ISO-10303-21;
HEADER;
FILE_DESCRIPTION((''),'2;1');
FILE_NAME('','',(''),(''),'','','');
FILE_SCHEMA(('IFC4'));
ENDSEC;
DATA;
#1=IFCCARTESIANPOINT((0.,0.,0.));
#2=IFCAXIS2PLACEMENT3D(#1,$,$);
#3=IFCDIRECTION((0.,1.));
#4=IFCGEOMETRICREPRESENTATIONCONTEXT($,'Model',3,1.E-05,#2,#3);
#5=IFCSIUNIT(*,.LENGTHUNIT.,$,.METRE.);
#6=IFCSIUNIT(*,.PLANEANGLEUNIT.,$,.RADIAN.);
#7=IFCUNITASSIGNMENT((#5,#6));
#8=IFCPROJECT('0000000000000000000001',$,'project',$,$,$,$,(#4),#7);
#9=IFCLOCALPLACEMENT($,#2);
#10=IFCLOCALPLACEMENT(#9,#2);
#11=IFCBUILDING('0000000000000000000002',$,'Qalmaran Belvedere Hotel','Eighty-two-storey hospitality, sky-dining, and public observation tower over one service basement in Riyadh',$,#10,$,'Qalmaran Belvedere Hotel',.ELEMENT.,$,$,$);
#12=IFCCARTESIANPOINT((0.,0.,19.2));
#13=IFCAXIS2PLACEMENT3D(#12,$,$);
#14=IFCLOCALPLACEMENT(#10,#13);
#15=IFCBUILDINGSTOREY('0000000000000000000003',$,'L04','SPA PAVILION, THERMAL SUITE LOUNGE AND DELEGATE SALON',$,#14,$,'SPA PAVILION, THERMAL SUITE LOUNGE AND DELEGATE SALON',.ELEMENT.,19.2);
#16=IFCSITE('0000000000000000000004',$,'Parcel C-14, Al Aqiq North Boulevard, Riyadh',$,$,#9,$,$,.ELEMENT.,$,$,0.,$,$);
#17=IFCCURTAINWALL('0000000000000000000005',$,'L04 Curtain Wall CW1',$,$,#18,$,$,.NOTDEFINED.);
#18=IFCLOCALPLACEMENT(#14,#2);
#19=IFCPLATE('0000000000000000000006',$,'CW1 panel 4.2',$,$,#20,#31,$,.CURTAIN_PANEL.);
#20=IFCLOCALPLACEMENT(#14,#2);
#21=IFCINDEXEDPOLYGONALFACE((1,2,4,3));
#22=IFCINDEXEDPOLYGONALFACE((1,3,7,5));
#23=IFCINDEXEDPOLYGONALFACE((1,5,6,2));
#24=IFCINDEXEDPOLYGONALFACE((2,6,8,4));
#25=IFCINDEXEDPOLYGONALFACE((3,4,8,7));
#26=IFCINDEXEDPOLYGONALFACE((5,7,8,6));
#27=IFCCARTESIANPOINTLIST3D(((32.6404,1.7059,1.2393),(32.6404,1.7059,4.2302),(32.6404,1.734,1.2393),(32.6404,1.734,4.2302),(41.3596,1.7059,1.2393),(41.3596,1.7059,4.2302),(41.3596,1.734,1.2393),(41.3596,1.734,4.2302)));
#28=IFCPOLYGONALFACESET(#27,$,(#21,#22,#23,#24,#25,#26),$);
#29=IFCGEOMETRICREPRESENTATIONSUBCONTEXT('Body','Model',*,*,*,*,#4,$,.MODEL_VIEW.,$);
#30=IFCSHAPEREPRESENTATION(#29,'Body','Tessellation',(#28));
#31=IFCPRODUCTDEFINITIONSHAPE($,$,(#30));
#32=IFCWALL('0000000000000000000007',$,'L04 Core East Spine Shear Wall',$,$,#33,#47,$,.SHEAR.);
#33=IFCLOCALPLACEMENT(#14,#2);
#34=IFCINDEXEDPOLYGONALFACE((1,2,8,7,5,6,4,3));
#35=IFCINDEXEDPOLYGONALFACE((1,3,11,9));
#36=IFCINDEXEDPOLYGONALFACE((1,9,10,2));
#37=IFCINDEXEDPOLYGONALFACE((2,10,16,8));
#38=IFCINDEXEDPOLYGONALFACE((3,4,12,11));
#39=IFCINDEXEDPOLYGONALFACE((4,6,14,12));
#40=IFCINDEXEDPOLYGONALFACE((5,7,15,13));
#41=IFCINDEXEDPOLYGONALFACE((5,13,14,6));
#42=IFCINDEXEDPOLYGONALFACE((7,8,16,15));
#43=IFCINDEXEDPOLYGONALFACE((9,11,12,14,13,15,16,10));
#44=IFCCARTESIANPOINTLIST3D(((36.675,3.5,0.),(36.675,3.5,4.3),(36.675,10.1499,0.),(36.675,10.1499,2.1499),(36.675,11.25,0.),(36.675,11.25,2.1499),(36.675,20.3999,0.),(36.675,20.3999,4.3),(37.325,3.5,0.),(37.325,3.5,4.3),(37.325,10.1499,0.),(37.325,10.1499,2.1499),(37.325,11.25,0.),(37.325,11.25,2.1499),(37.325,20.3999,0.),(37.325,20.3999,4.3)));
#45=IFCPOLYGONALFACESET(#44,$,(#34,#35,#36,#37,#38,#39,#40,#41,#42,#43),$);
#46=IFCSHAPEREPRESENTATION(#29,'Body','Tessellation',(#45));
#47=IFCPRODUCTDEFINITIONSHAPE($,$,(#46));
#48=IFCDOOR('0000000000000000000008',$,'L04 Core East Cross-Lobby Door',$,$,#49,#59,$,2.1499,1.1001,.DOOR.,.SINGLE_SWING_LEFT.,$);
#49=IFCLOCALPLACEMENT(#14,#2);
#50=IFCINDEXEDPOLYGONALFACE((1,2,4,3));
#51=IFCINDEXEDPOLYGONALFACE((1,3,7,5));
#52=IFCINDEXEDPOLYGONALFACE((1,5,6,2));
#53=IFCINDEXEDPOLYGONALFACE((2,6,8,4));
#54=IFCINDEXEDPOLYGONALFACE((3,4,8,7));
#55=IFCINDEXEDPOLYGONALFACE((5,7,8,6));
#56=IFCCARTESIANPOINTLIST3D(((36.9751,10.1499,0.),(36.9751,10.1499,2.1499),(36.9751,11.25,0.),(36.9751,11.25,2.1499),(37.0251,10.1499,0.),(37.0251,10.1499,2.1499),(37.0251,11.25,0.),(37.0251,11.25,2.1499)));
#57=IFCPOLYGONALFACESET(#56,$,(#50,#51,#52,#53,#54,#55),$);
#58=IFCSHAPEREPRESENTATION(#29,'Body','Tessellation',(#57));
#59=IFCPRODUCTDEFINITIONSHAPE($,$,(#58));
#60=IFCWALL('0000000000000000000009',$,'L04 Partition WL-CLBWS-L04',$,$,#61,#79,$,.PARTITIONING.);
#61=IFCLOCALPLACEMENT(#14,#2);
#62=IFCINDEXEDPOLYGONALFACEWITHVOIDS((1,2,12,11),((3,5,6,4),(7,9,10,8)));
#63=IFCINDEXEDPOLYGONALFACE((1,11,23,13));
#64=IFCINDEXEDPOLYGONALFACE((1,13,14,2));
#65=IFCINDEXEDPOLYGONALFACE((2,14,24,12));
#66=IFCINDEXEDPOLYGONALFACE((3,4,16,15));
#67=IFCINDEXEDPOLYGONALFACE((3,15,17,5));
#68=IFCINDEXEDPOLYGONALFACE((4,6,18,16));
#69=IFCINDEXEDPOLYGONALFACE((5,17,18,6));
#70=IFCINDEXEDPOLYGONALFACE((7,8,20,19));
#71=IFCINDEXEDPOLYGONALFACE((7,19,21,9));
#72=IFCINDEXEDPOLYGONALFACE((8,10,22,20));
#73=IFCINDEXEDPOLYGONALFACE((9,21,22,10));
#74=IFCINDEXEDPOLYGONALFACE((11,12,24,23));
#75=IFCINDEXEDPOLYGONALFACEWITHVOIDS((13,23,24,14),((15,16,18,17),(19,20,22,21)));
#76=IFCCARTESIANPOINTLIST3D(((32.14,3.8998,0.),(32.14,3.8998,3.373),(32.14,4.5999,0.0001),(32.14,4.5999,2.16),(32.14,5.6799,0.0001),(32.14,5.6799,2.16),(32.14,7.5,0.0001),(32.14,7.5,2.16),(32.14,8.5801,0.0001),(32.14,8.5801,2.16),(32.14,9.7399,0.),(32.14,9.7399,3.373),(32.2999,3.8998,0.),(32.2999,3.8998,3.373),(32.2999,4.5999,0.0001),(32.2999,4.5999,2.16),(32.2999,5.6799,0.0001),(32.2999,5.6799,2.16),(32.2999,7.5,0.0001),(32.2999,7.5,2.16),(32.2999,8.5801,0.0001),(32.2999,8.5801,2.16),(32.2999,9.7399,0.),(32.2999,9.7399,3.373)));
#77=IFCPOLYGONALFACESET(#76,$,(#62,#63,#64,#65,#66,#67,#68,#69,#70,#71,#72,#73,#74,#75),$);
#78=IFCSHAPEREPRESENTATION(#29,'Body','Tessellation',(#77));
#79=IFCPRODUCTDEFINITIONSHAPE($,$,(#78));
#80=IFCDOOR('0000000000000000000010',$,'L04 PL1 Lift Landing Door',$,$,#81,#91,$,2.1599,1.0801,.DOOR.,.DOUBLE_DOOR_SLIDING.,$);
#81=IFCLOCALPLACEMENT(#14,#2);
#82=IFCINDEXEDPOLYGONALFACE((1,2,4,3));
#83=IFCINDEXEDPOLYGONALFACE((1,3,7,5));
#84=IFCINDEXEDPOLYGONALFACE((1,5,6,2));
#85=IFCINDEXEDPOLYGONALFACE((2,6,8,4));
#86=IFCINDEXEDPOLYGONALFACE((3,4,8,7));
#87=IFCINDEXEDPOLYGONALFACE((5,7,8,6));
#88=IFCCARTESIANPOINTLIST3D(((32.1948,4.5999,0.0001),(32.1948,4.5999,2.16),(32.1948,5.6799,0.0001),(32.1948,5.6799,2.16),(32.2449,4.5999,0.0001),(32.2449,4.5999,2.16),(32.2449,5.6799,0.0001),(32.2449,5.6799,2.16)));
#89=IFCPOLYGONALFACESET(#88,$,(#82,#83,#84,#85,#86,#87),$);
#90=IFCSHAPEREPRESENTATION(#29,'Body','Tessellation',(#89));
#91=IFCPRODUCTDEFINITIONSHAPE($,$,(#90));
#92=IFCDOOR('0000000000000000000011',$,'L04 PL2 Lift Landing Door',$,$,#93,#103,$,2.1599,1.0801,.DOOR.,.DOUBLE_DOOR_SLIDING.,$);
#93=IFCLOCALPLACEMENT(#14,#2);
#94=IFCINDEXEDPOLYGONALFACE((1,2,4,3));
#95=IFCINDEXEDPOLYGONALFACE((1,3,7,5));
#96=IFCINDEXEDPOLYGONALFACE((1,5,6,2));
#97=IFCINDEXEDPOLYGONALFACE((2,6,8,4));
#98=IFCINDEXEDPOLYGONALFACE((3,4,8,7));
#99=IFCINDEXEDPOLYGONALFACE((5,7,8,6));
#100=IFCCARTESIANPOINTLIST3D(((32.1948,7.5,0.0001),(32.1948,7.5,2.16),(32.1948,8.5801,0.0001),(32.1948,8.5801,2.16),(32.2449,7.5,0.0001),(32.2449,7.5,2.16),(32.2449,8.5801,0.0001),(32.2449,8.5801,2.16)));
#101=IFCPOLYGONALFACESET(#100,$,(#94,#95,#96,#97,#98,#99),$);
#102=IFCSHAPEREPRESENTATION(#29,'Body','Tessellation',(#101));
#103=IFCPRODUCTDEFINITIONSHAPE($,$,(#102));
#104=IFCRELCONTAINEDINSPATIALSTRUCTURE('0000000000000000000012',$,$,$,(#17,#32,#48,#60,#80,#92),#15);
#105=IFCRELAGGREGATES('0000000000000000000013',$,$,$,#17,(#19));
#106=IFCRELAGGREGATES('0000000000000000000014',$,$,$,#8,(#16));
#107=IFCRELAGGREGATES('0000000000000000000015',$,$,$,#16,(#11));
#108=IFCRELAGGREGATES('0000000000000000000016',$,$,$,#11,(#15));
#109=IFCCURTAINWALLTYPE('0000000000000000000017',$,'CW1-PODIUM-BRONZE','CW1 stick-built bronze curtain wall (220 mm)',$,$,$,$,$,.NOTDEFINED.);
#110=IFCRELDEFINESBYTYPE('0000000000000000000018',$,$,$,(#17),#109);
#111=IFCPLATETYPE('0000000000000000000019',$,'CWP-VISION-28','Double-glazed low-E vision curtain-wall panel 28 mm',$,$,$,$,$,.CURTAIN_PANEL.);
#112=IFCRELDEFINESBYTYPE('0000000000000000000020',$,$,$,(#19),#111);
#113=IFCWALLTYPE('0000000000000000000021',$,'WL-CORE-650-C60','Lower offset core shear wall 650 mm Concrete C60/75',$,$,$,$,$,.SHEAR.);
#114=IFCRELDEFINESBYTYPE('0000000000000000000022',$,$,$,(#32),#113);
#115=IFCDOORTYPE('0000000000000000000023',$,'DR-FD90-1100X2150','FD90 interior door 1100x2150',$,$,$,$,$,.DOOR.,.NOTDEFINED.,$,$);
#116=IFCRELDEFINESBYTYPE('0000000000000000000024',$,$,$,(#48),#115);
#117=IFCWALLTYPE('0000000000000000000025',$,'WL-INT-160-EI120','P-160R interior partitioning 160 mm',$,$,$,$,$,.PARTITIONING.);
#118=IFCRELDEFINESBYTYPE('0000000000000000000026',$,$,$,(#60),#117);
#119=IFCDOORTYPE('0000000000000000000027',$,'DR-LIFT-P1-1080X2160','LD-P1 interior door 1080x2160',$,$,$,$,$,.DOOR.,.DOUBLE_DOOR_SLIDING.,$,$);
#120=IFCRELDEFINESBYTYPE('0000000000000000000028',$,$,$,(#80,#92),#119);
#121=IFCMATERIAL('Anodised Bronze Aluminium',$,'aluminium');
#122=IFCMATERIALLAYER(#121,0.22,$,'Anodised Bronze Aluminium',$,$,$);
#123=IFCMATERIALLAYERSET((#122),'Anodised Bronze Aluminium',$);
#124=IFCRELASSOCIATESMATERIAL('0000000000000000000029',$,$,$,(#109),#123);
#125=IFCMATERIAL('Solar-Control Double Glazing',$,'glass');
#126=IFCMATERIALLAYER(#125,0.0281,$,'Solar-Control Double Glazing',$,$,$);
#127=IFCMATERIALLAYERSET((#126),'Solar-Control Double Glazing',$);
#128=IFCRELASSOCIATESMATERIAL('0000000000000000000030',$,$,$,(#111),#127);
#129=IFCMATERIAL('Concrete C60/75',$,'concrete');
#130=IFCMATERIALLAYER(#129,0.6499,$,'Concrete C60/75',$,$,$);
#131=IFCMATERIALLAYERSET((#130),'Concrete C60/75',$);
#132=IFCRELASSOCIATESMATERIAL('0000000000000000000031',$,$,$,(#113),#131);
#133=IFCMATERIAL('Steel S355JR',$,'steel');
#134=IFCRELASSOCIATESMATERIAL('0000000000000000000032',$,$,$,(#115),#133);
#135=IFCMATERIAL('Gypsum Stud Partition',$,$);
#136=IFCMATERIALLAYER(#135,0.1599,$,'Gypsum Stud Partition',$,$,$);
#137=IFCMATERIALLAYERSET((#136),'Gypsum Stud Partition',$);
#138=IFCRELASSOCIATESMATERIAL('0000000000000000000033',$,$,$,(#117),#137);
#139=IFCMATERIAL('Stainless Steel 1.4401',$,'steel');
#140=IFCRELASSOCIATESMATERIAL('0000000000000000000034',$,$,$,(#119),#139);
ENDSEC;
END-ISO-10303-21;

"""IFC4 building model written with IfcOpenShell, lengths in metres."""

from ifc_helpers import new_model, si_unit, direction, frame, frame_2d, origin, origin_2d, place, context, subcontext, project, spatial, rectangle, extrude, material, layer, layer_set, type_object, element, fill, aggregate, save


model = new_model("IFC4")

# Units and contexts
model_context = context("Model", 3, precision=1e-05, world=origin(), true_north=direction((0.0, 1.0)))
body_context = subcontext(model_context, "Body", "Model", "MODEL_VIEW")
ifc_project = project(units=[si_unit("LENGTHUNIT", "METRE"), si_unit("PLANEANGLEUNIT", "RADIAN")], contexts=[model_context])

# Site, building, storey
site_placement = place(None, origin())
site = spatial("IfcSite", under=ifc_project, at=site_placement, Name="Parcel C-14, Al Aqiq North Boulevard, Riyadh", CompositionType="ELEMENT", RefElevation=0.0)
building_placement = place(site_placement, origin())
building = spatial("IfcBuilding", under=site, at=building_placement, Name="Qalmaran Belvedere Hotel", Description="Eighty-two-storey hospitality, sky-dining, and public observation tower over one service basement in Riyadh", LongName="Qalmaran Belvedere Hotel", CompositionType="ELEMENT")
storey_placement = place(building_placement, frame((0.0, 0.0, 19.2)))
storey = spatial("IfcBuildingStorey", under=building, at=storey_placement, Name="L04", Description="SPA PAVILION, THERMAL SUITE LOUNGE AND DELEGATE SALON", LongName="SPA PAVILION, THERMAL SUITE LOUNGE AND DELEGATE SALON", CompositionType="ELEMENT", Elevation=19.2)

# Shared definitions
ifc_material_1 = material(Name="Concrete C60/75", Category="concrete")

# Shared definitions
ifc_material_2 = material(Name="Steel S355JR", Category="steel")

# Curtain wall, plate
ifc_material_3 = material(Name="Anodised Bronze Aluminium", Category="aluminium")
ifc_layer_1 = layer(ifc_material_3, 0.22, Name="Anodised Bronze Aluminium")
ifc_layer_set_1 = layer_set([ifc_layer_1], Name="Anodised Bronze Aluminium")
curtain_wall_type = type_object("IfcCurtainWallType", Name="CW1-PODIUM-BRONZE", Description="CW1 stick-built bronze curtain wall (220 mm)", PredefinedType="NOTDEFINED", material=ifc_layer_set_1)
curtain_wall_placement = place(storey_placement, origin())
curtain_wall = element("IfcCurtainWall", 1, at=curtain_wall_placement, inside=storey, type_object=curtain_wall_type, Name="L04 Curtain Wall CW1", PredefinedType="NOTDEFINED")
ifc_material_4 = material(Name="Solar-Control Double Glazing", Category="glass")
ifc_layer_2 = layer(ifc_material_4, 0.0281, Name="Solar-Control Double Glazing")
ifc_layer_set_2 = layer_set([ifc_layer_2], Name="Solar-Control Double Glazing")
plate_type_1 = type_object("IfcPlateType", Name="CWP-VISION-28", Description="Double-glazed low-E vision curtain-wall panel 28 mm", PredefinedType="CURTAIN_PANEL", material=ifc_layer_set_2)
plate_1_placement = place(storey_placement, frame((37.0, 1.72, 1.2393), z_axis=(0.0, 0.0, 1.0), x_axis=(1.0, 0.0, 0.0)))
plate_1 = element("IfcPlate", 2, at=plate_1_placement, type_object=plate_type_1, Name="CW1 panel 4.2", PredefinedType="CURTAIN_PANEL", context=body_context, shape_type="SweptSolid", body=[
    extrude(rectangle(XDim=8.7192, YDim=0.0281, at=origin_2d()), origin(), (0.0, 0.0, 1.0), 2.991),
])
aggregate(curtain_wall, [plate_1])

# Wall, opening, door
ifc_layer_3 = layer(ifc_material_1, 0.6499, Name="Concrete C60/75")
ifc_layer_set_3 = layer_set([ifc_layer_3], Name="Concrete C60/75")
wall_type_1 = type_object("IfcWallType", Name="WL-CORE-650-C60", Description="Lower offset core shear wall 650 mm Concrete C60/75", PredefinedType="SHEAR", material=ifc_layer_set_3)
wall_1_placement = place(storey_placement, frame((37.0, 3.5, 0.0), z_axis=(0.0, 0.0, 1.0), x_axis=(0.0, 1.0, 0.0)))
wall_1 = element("IfcWall", 3, at=wall_1_placement, inside=storey, type_object=wall_type_1, Name="L04 Core East Spine Shear Wall", PredefinedType="SHEAR", context=body_context, shape_type="SweptSolid", body=[
    extrude(rectangle(XDim=16.8999, YDim=0.6499, at=frame_2d((8.45, 0.0))), origin(), (0.0, 0.0, 1.0), 4.3),
])
opening_1_placement = place(wall_1_placement, frame((6.6499, 0.0, 0.0)))
opening_1 = element("IfcOpeningElement", 4, at=opening_1_placement, cuts=wall_1, PredefinedType="OPENING", context=body_context, shape_type="SweptSolid", body=[
    extrude(rectangle(XDim=1.1001, YDim=2.1499, at=frame_2d((0.55, 1.075))), frame((0.0, 0.335, 0.0), z_axis=(0.0, -1.0, 0.0), x_axis=(1.0, 0.0, 0.0)), (0.0, 0.0, 1.0), 0.6699),
])
door_type_1 = type_object("IfcDoorType", Name="DR-FD90-1100X2150", Description="FD90 interior door 1100x2150", OperationType="NOTDEFINED", PredefinedType="DOOR", material=ifc_material_2)
door_1_placement = place(opening_1_placement, origin())
door_1 = element("IfcDoor", 5, at=door_1_placement, inside=storey, type_object=door_type_1, Name="L04 Core East Cross-Lobby Door", OperationType="SINGLE_SWING_LEFT", OverallHeight=2.1499, OverallWidth=1.1001, PredefinedType="DOOR", context=body_context, shape_type="SweptSolid", body=[
    extrude(rectangle(XDim=1.1001, YDim=2.1499, at=frame_2d((0.55, 1.075))), frame((0.0, 0.0249, 0.0), z_axis=(0.0, -1.0, 0.0), x_axis=(1.0, 0.0, 0.0)), (0.0, 0.0, 1.0), 0.05),
])
fill(opening_1, door_1)

# Wall, openings, doors
ifc_material_5 = material(Name="Gypsum Stud Partition")
ifc_layer_4 = layer(ifc_material_5, 0.1599, Name="Gypsum Stud Partition")
ifc_layer_set_4 = layer_set([ifc_layer_4], Name="Gypsum Stud Partition")
wall_type_2 = type_object("IfcWallType", Name="WL-INT-160-EI120", Description="P-160R interior partitioning 160 mm", PredefinedType="PARTITIONING", material=ifc_layer_set_4)
wall_2_placement = place(storey_placement, frame((32.22, 3.8999, 0.0), z_axis=(0.0, 0.0, 1.0), x_axis=(0.0, 1.0, 0.0)))
wall_2 = element("IfcWall", 6, at=wall_2_placement, inside=storey, type_object=wall_type_2, Name="L04 Partition WL-CLBWS-L04", PredefinedType="PARTITIONING", context=body_context, shape_type="SweptSolid", body=[
    extrude(rectangle(XDim=5.8401, YDim=0.1599, at=frame_2d((2.9199, 0.0))), origin(), (0.0, 0.0, 1.0), 3.373),
])
opening_2_placement = place(wall_2_placement, frame((1.78, 0.0, 0.0), z_axis=(0.0, 0.0, 1.0), x_axis=(-1.0, 0.0, 0.0)))
opening_2 = element("IfcOpeningElement", 7, at=opening_2_placement, cuts=wall_2, PredefinedType="OPENING", context=body_context, shape_type="SweptSolid", body=[
    extrude(rectangle(XDim=1.0801, YDim=2.1599, at=frame_2d((0.54, 1.0801))), frame((0.0, 0.0898, 0.0), z_axis=(0.0, -1.0, 0.0), x_axis=(1.0, 0.0, 0.0)), (0.0, 0.0, 1.0), 0.1799),
])
opening_3_placement = place(wall_2_placement, frame((4.6802, 0.0, 0.0), z_axis=(0.0, 0.0, 1.0), x_axis=(-1.0, 0.0, 0.0)))
opening_3 = element("IfcOpeningElement", 8, at=opening_3_placement, cuts=wall_2, PredefinedType="OPENING", context=body_context, shape_type="SweptSolid", body=[
    extrude(rectangle(XDim=1.0801, YDim=2.1599, at=frame_2d((0.54, 1.0801))), frame((0.0, 0.0898, 0.0), z_axis=(0.0, -1.0, 0.0), x_axis=(1.0, 0.0, 0.0)), (0.0, 0.0, 1.0), 0.1799),
])
ifc_material_6 = material(Name="Stainless Steel 1.4401", Category="steel")
door_type_2 = type_object("IfcDoorType", Name="DR-LIFT-P1-1080X2160", Description="LD-P1 interior door 1080x2160", OperationType="DOUBLE_DOOR_SLIDING", PredefinedType="DOOR", material=ifc_material_6)
door_2_placement = place(opening_2_placement, origin())
door_2 = element("IfcDoor", 9, at=door_2_placement, inside=storey, type_object=door_type_2, Name="L04 PL1 Lift Landing Door", OperationType="DOUBLE_DOOR_SLIDING", OverallHeight=2.1599, OverallWidth=1.0801, PredefinedType="DOOR", context=body_context, shape_type="SweptSolid", body=[
    extrude(rectangle(XDim=1.0801, YDim=2.1599, at=frame_2d((0.54, 1.0801))), frame((0.0, 0.0249, 0.0), z_axis=(0.0, -1.0, 0.0), x_axis=(1.0, 0.0, 0.0)), (0.0, 0.0, 1.0), 0.05),
])
fill(opening_2, door_2)
door_3_placement = place(opening_3_placement, origin())
door_3 = element("IfcDoor", 10, at=door_3_placement, inside=storey, type_object=door_type_2, Name="L04 PL2 Lift Landing Door", OperationType="DOUBLE_DOOR_SLIDING", OverallHeight=2.1599, OverallWidth=1.0801, PredefinedType="DOOR", context=body_context, shape_type="SweptSolid", body=[
    extrude(rectangle(XDim=1.0801, YDim=2.1599, at=frame_2d((0.54, 1.0801))), frame((0.0, 0.0249, 0.0), z_axis=(0.0, -1.0, 0.0), x_axis=(1.0, 0.0, 0.0)), (0.0, 0.0, 1.0), 0.05),
])
fill(opening_3, door_3)

save(model, "model.ifc")
